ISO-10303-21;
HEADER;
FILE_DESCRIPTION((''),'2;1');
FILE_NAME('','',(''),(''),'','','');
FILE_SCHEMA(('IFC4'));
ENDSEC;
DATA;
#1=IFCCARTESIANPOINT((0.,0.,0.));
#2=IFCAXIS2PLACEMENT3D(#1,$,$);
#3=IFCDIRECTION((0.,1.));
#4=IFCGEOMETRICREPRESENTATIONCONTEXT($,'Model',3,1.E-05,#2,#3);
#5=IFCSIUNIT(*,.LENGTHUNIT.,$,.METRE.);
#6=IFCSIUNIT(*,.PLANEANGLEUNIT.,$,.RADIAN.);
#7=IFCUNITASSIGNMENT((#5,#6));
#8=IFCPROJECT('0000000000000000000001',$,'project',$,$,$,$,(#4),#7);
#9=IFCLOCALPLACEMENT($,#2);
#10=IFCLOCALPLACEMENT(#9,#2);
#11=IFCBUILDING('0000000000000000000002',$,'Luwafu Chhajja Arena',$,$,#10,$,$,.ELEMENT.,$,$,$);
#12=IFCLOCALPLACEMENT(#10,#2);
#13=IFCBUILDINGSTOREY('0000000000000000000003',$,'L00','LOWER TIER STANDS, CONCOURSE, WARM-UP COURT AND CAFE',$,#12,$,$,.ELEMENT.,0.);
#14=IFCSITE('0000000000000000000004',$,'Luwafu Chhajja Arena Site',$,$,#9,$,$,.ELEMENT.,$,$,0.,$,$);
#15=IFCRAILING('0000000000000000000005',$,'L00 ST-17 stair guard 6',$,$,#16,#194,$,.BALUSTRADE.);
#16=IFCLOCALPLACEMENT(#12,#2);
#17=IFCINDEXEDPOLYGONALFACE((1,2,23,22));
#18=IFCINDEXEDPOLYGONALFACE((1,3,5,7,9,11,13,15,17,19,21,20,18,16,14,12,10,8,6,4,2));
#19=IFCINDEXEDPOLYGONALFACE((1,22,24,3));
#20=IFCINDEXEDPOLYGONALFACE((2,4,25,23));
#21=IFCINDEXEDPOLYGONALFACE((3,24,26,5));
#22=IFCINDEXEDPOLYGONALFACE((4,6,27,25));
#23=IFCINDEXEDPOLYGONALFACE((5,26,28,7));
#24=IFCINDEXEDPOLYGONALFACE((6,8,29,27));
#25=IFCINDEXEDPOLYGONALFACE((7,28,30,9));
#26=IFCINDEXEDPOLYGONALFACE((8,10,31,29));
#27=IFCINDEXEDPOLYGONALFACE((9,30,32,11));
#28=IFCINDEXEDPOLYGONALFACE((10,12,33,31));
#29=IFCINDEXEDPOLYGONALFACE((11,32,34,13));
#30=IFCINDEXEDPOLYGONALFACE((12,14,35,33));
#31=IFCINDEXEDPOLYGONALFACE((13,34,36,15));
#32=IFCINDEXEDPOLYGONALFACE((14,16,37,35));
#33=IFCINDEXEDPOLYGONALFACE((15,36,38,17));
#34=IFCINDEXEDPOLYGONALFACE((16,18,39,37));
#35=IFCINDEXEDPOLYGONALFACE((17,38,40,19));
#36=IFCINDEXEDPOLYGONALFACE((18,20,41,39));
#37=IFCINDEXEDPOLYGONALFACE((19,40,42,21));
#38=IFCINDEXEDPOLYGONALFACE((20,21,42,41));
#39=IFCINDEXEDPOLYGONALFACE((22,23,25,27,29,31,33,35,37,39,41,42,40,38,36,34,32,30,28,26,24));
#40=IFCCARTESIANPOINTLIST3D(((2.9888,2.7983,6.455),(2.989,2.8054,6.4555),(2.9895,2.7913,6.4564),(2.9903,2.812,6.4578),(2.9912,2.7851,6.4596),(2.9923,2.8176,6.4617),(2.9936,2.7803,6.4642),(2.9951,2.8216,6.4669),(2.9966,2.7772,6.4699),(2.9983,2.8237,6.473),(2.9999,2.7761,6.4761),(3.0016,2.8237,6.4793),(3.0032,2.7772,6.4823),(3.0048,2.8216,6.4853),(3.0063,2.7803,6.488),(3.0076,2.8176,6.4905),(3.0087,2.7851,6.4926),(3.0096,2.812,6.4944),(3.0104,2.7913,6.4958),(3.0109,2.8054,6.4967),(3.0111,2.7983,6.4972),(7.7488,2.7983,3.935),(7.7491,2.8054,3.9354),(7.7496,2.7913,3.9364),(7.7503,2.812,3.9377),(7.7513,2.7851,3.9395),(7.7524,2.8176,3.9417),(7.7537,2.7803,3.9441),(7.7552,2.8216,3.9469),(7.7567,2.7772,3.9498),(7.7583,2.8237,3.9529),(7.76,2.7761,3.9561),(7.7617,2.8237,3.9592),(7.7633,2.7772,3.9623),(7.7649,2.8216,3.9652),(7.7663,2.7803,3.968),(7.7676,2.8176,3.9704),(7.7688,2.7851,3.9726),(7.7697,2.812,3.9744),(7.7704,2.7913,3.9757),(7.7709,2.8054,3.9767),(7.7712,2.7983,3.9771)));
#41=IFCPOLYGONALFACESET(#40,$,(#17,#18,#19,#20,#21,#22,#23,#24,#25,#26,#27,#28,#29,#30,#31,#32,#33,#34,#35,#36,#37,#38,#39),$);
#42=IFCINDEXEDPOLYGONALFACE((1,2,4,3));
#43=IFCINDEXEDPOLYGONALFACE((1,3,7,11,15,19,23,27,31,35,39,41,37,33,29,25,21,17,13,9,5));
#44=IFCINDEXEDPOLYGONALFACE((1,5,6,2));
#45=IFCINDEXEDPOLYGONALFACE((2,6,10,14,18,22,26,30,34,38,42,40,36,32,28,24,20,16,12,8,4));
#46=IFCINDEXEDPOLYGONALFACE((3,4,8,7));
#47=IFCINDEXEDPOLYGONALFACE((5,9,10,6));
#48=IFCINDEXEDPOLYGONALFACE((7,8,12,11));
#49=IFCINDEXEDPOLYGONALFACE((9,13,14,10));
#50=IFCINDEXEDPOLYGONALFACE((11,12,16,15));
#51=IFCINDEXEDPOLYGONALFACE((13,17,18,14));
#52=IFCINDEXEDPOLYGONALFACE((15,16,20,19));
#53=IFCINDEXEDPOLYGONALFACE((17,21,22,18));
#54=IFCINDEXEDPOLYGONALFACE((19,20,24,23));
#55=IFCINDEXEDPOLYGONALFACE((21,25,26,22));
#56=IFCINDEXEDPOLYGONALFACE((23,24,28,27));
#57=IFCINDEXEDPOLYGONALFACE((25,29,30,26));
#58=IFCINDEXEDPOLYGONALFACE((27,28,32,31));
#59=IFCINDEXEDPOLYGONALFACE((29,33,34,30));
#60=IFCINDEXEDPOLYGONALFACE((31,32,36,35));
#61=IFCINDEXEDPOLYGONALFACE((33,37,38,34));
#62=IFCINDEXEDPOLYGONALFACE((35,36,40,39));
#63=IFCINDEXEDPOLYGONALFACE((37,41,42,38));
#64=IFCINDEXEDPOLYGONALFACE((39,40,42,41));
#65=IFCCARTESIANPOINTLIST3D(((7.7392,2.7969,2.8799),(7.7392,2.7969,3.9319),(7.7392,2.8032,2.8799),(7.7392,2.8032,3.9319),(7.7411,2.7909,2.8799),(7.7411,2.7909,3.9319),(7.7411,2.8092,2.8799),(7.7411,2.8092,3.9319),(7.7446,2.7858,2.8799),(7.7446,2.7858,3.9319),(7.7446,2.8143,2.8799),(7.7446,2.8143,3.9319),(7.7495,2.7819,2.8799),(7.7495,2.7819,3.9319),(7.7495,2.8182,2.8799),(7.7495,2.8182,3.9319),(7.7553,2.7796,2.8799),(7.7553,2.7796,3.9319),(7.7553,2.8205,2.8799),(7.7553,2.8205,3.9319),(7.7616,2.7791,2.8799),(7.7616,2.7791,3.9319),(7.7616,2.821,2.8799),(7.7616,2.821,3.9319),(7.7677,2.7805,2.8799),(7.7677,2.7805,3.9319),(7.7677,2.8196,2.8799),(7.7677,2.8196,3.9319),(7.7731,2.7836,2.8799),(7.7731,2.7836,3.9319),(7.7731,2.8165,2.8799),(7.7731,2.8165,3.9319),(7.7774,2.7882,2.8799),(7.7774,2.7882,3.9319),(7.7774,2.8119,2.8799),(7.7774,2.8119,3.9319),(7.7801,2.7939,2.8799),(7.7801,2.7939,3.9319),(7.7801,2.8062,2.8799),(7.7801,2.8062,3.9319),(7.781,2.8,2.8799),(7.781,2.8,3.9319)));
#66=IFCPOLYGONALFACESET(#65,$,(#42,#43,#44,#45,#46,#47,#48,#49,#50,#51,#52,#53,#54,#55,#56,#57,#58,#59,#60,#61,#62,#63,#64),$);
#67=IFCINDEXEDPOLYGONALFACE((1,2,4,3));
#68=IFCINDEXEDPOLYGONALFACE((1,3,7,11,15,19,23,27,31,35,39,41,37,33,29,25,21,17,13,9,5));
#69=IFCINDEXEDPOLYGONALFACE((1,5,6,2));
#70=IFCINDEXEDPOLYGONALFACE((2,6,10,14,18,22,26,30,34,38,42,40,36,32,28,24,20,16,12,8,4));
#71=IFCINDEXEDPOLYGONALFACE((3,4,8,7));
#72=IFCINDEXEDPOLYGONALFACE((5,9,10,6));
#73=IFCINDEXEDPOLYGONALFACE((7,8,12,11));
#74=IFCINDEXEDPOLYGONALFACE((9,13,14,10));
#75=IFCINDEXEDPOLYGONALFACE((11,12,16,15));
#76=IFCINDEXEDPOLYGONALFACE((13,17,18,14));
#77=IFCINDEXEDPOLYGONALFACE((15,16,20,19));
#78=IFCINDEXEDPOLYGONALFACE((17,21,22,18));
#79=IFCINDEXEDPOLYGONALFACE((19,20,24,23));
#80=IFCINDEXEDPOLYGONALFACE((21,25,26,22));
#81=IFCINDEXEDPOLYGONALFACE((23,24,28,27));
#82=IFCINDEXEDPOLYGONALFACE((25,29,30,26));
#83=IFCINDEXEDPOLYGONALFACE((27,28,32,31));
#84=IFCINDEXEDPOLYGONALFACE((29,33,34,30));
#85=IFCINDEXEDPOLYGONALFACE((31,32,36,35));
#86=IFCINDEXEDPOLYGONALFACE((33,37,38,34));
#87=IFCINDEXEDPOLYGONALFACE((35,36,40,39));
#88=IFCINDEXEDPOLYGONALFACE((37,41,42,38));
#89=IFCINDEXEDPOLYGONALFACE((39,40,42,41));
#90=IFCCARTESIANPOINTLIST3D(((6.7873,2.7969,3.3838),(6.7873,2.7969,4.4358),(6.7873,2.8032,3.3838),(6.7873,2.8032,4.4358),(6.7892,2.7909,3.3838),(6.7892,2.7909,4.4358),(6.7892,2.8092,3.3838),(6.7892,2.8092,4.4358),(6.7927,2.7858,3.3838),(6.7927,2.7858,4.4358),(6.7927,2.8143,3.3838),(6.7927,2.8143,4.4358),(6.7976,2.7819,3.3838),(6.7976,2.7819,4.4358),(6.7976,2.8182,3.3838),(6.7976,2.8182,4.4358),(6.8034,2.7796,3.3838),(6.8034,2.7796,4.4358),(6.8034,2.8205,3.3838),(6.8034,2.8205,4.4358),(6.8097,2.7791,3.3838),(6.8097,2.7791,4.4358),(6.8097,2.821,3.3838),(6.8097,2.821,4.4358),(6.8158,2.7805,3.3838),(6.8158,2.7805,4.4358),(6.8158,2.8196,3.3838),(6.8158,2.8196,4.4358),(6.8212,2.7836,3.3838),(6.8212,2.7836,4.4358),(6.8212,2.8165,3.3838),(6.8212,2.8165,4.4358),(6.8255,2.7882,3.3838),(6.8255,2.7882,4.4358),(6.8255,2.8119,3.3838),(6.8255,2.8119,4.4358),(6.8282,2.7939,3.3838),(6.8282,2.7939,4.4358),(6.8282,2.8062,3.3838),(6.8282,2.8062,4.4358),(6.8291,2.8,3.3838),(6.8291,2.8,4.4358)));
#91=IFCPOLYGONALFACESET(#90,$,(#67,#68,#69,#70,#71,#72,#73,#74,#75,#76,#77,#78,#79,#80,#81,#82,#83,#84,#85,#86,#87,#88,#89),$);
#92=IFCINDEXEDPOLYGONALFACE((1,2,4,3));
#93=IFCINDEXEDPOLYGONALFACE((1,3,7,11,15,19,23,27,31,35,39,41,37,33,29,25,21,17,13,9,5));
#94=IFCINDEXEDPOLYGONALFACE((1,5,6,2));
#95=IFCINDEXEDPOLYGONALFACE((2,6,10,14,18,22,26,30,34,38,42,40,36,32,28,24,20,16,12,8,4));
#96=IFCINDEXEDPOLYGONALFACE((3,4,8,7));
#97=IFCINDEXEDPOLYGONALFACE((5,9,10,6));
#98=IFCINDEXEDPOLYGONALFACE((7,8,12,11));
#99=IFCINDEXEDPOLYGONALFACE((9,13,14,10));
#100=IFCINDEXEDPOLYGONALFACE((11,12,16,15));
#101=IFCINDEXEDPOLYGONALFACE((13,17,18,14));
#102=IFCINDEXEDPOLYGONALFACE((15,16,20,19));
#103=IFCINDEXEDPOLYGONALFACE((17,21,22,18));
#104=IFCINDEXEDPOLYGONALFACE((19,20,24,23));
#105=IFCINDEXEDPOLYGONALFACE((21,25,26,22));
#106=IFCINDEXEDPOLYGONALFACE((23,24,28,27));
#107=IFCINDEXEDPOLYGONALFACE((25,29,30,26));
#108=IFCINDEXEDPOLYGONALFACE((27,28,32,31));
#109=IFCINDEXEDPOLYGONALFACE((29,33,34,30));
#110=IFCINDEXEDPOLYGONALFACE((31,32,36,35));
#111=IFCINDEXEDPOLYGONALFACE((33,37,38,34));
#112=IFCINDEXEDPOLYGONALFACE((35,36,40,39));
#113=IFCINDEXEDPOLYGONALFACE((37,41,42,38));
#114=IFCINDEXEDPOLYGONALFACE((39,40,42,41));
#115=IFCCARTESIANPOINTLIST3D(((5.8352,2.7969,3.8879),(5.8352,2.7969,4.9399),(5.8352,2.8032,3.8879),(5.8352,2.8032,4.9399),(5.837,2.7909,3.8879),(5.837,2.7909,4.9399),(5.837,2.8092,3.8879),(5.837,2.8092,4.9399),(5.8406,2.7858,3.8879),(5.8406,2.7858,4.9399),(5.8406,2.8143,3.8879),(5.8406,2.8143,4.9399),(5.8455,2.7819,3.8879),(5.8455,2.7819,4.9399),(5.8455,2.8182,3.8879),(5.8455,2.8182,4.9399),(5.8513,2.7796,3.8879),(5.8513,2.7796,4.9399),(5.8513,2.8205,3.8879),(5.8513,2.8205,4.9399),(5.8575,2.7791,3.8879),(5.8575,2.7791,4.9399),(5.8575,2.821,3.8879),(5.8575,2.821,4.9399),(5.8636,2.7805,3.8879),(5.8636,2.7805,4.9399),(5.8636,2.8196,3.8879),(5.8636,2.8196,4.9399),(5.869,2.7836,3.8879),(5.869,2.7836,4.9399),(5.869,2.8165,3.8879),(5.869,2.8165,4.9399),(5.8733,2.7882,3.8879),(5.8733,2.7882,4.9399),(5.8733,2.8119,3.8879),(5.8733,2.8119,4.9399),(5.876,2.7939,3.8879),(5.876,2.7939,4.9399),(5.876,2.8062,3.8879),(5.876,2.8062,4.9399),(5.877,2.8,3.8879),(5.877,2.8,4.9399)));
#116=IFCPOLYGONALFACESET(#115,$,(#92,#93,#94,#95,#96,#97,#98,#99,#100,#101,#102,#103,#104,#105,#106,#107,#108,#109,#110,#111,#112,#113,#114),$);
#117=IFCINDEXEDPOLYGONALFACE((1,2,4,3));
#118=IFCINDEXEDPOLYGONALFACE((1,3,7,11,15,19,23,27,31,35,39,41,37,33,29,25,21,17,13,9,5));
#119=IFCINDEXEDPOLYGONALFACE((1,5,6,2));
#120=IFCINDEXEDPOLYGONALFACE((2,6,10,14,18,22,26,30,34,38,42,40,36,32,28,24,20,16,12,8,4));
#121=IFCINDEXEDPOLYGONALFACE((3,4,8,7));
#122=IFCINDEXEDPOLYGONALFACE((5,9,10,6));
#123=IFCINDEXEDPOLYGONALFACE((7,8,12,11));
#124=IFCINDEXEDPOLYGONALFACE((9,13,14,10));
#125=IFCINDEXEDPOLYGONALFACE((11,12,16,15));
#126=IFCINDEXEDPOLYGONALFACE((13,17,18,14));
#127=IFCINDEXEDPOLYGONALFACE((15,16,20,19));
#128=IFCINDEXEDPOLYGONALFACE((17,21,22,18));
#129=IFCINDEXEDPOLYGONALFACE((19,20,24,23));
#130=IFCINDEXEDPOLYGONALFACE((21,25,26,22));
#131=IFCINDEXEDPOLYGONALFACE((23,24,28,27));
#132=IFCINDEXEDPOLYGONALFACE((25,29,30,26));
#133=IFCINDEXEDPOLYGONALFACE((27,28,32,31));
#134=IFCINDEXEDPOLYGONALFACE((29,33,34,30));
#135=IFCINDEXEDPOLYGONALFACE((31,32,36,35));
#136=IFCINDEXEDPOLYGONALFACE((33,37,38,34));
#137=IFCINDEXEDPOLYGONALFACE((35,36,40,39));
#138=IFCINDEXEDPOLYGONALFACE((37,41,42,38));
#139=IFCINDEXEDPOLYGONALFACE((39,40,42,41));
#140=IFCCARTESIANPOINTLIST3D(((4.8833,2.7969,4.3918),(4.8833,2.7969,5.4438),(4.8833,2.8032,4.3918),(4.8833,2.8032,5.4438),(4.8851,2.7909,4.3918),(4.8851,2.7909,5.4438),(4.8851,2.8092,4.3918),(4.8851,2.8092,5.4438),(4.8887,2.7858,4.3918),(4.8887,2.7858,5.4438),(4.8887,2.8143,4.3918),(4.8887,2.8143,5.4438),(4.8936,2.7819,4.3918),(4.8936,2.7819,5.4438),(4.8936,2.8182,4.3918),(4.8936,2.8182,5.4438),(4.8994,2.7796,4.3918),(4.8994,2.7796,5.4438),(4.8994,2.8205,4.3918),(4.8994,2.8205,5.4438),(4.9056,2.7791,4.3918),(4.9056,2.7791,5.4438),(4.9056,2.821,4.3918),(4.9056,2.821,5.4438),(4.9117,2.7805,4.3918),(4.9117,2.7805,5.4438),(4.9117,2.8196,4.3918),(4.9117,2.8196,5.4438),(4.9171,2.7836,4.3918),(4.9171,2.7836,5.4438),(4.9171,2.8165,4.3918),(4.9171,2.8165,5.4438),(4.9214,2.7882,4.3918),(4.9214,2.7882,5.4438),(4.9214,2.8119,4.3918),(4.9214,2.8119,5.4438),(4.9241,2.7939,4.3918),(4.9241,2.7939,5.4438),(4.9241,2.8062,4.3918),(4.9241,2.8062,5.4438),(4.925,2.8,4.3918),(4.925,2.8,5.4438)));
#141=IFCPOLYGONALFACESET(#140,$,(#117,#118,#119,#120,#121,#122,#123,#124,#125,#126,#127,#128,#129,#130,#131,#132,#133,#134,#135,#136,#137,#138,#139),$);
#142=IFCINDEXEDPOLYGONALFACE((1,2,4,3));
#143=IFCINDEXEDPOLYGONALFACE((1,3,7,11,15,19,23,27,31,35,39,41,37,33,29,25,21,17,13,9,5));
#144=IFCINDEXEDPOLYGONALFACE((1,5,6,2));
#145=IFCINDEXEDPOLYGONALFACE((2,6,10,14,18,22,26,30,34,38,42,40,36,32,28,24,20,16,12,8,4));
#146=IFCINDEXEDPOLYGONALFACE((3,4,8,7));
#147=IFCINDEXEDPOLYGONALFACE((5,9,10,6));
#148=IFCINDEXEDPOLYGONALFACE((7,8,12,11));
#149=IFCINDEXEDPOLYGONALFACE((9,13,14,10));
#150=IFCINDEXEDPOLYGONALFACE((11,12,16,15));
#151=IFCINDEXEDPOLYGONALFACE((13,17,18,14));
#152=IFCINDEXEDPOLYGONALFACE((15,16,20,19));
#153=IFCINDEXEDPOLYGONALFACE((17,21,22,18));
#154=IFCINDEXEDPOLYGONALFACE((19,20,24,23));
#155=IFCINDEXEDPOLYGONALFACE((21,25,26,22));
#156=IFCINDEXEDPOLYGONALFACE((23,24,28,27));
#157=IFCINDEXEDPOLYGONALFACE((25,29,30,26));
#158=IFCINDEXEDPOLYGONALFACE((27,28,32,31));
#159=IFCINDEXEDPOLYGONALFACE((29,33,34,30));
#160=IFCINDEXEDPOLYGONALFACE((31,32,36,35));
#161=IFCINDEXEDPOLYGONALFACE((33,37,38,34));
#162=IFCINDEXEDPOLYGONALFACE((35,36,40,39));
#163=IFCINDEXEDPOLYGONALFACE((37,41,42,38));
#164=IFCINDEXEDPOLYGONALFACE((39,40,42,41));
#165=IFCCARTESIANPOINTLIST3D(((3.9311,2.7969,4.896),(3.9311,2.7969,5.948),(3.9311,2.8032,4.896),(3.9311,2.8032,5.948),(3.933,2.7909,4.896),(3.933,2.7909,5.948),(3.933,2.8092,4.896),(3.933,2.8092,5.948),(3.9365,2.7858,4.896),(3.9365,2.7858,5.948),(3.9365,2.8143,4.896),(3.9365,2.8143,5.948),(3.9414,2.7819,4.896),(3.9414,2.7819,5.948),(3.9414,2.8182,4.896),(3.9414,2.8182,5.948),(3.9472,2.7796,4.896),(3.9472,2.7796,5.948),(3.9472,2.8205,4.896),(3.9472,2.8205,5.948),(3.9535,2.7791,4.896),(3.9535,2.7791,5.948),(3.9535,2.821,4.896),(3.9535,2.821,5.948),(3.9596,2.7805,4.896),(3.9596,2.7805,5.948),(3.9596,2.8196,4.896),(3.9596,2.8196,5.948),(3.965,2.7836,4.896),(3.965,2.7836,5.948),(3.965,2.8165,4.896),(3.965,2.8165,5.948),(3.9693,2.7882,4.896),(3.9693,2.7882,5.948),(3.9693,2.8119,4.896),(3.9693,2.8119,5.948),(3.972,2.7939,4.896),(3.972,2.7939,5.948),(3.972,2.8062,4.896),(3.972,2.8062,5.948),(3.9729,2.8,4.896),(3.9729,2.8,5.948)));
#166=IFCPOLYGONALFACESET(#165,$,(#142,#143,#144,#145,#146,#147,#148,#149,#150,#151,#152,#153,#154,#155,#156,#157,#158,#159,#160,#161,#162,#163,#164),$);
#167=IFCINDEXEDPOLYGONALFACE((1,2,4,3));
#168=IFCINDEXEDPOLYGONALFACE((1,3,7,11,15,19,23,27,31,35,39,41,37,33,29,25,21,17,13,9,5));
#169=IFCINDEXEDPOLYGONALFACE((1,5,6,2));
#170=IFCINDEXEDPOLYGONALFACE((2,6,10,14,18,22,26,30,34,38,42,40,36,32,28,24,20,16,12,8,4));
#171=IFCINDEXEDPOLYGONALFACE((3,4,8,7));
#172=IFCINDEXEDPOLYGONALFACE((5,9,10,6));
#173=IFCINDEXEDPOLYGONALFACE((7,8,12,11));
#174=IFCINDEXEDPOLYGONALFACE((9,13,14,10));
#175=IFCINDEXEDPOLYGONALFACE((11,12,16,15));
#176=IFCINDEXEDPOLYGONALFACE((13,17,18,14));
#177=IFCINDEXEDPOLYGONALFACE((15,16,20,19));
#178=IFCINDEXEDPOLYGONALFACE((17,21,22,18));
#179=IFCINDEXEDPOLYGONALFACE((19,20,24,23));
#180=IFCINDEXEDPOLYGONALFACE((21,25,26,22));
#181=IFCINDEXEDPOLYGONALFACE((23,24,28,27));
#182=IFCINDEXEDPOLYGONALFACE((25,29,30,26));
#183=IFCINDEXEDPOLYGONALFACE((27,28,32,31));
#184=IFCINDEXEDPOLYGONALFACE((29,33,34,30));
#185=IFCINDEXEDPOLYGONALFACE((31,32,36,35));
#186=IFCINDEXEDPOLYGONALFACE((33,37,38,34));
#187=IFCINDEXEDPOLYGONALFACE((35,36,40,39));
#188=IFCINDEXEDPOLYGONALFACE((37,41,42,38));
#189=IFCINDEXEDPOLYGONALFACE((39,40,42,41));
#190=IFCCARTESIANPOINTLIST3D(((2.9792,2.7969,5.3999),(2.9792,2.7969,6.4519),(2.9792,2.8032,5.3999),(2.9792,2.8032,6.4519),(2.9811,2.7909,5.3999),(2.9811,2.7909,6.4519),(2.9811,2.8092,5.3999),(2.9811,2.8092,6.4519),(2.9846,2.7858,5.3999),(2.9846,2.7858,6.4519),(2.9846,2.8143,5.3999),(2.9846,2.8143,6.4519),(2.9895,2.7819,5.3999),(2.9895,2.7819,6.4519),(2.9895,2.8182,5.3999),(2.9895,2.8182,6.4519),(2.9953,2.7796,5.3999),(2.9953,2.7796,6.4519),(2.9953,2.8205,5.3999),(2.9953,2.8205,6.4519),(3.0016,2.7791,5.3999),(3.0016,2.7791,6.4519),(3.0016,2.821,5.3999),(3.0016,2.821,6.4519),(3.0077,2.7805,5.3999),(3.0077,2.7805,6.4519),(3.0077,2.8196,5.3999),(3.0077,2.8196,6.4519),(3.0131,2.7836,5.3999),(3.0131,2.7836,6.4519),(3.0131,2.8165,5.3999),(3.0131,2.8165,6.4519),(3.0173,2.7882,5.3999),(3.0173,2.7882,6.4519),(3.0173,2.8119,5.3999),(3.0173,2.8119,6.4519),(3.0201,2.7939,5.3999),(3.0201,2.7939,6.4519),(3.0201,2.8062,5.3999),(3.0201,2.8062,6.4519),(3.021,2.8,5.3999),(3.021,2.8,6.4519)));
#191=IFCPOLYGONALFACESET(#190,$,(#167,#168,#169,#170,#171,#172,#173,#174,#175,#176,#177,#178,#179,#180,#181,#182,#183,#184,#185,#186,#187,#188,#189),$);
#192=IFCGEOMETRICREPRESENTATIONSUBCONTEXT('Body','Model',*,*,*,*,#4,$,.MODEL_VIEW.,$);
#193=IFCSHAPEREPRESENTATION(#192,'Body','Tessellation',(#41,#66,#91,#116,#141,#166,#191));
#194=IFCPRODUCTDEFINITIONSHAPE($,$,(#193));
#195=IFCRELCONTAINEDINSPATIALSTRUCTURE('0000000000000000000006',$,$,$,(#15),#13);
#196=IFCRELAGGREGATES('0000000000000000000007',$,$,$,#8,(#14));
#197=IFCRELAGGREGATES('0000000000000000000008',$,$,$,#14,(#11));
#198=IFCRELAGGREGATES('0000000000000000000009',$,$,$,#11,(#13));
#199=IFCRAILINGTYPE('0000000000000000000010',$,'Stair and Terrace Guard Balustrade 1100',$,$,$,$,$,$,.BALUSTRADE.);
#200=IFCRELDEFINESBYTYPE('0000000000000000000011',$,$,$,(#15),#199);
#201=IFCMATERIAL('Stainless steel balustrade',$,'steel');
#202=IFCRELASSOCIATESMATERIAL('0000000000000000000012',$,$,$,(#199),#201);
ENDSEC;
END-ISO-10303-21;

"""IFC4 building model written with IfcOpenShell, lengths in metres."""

from ifc_helpers import new_model, si_unit, direction, frame, origin, origin_2d, place, context, subcontext, project, spatial, circle, extrude, material, type_object, element, save


model = new_model("IFC4")

# Units and contexts
model_context = context("Model", 3, precision=1e-05, world=origin(), true_north=direction((0.0, 1.0)))
body_context = subcontext(model_context, "Body", "Model", "MODEL_VIEW")
ifc_project = project(units=[si_unit("LENGTHUNIT", "METRE"), si_unit("PLANEANGLEUNIT", "RADIAN")], contexts=[model_context])

# Site, building, storey
site_placement = place(None, origin())
site = spatial("IfcSite", under=ifc_project, at=site_placement, Name="Luwafu Chhajja Arena Site", CompositionType="ELEMENT", RefElevation=0.0)
building_placement = place(site_placement, origin())
building = spatial("IfcBuilding", under=site, at=building_placement, Name="Luwafu Chhajja Arena", CompositionType="ELEMENT")
storey_placement = place(building_placement, origin())
storey = spatial("IfcBuildingStorey", under=building, at=storey_placement, Name="L00", Description="LOWER TIER STANDS, CONCOURSE, WARM-UP COURT AND CAFE", CompositionType="ELEMENT", Elevation=0.0)

# Railing
ifc_material_1 = material(Name="Stainless steel balustrade", Category="steel")
railing_type_1 = type_object("IfcRailingType", Name="Stair and Terrace Guard Balustrade 1100", PredefinedType="BALUSTRADE", material=ifc_material_1)
railing_1_placement = place(storey_placement, frame((7.76, 2.8, 2.8799)))
element("IfcRailing", 1, at=railing_1_placement, inside=storey, type_object=railing_type_1, Name="L00 ST-17 stair guard 6", PredefinedType="BALUSTRADE", context=body_context, shape_type="SweptSolid", body=[
    extrude(circle(Radius=0.0239, at=origin_2d()), frame((0.0, 0.0, 1.0762), z_axis=(-0.883787, 0.0, 0.46789), x_axis=(0.0, -1.0, 0.0)), (0.0, 0.0, 1.0), 5.386),
    extrude(circle(Radius=0.021, at=origin_2d()), origin(), (0.0, 0.0, 1.0), 1.052),
    extrude(circle(Radius=0.021, at=origin_2d()), frame((-0.9519, 0.0, 0.5039)), (0.0, 0.0, 1.0), 1.052),
    extrude(circle(Radius=0.021, at=origin_2d()), frame((-1.9041, 0.0, 1.0081)), (0.0, 0.0, 1.0), 1.052),
    extrude(circle(Radius=0.021, at=origin_2d()), frame((-2.856, 0.0, 1.512)), (0.0, 0.0, 1.0), 1.052),
    extrude(circle(Radius=0.021, at=origin_2d()), frame((-3.8081, 0.0, 2.0161)), (0.0, 0.0, 1.0), 1.052),
    extrude(circle(Radius=0.021, at=origin_2d()), frame((-4.76, 0.0, 2.52)), (0.0, 0.0, 1.0), 1.052),
])

save(model, "model.ifc")
